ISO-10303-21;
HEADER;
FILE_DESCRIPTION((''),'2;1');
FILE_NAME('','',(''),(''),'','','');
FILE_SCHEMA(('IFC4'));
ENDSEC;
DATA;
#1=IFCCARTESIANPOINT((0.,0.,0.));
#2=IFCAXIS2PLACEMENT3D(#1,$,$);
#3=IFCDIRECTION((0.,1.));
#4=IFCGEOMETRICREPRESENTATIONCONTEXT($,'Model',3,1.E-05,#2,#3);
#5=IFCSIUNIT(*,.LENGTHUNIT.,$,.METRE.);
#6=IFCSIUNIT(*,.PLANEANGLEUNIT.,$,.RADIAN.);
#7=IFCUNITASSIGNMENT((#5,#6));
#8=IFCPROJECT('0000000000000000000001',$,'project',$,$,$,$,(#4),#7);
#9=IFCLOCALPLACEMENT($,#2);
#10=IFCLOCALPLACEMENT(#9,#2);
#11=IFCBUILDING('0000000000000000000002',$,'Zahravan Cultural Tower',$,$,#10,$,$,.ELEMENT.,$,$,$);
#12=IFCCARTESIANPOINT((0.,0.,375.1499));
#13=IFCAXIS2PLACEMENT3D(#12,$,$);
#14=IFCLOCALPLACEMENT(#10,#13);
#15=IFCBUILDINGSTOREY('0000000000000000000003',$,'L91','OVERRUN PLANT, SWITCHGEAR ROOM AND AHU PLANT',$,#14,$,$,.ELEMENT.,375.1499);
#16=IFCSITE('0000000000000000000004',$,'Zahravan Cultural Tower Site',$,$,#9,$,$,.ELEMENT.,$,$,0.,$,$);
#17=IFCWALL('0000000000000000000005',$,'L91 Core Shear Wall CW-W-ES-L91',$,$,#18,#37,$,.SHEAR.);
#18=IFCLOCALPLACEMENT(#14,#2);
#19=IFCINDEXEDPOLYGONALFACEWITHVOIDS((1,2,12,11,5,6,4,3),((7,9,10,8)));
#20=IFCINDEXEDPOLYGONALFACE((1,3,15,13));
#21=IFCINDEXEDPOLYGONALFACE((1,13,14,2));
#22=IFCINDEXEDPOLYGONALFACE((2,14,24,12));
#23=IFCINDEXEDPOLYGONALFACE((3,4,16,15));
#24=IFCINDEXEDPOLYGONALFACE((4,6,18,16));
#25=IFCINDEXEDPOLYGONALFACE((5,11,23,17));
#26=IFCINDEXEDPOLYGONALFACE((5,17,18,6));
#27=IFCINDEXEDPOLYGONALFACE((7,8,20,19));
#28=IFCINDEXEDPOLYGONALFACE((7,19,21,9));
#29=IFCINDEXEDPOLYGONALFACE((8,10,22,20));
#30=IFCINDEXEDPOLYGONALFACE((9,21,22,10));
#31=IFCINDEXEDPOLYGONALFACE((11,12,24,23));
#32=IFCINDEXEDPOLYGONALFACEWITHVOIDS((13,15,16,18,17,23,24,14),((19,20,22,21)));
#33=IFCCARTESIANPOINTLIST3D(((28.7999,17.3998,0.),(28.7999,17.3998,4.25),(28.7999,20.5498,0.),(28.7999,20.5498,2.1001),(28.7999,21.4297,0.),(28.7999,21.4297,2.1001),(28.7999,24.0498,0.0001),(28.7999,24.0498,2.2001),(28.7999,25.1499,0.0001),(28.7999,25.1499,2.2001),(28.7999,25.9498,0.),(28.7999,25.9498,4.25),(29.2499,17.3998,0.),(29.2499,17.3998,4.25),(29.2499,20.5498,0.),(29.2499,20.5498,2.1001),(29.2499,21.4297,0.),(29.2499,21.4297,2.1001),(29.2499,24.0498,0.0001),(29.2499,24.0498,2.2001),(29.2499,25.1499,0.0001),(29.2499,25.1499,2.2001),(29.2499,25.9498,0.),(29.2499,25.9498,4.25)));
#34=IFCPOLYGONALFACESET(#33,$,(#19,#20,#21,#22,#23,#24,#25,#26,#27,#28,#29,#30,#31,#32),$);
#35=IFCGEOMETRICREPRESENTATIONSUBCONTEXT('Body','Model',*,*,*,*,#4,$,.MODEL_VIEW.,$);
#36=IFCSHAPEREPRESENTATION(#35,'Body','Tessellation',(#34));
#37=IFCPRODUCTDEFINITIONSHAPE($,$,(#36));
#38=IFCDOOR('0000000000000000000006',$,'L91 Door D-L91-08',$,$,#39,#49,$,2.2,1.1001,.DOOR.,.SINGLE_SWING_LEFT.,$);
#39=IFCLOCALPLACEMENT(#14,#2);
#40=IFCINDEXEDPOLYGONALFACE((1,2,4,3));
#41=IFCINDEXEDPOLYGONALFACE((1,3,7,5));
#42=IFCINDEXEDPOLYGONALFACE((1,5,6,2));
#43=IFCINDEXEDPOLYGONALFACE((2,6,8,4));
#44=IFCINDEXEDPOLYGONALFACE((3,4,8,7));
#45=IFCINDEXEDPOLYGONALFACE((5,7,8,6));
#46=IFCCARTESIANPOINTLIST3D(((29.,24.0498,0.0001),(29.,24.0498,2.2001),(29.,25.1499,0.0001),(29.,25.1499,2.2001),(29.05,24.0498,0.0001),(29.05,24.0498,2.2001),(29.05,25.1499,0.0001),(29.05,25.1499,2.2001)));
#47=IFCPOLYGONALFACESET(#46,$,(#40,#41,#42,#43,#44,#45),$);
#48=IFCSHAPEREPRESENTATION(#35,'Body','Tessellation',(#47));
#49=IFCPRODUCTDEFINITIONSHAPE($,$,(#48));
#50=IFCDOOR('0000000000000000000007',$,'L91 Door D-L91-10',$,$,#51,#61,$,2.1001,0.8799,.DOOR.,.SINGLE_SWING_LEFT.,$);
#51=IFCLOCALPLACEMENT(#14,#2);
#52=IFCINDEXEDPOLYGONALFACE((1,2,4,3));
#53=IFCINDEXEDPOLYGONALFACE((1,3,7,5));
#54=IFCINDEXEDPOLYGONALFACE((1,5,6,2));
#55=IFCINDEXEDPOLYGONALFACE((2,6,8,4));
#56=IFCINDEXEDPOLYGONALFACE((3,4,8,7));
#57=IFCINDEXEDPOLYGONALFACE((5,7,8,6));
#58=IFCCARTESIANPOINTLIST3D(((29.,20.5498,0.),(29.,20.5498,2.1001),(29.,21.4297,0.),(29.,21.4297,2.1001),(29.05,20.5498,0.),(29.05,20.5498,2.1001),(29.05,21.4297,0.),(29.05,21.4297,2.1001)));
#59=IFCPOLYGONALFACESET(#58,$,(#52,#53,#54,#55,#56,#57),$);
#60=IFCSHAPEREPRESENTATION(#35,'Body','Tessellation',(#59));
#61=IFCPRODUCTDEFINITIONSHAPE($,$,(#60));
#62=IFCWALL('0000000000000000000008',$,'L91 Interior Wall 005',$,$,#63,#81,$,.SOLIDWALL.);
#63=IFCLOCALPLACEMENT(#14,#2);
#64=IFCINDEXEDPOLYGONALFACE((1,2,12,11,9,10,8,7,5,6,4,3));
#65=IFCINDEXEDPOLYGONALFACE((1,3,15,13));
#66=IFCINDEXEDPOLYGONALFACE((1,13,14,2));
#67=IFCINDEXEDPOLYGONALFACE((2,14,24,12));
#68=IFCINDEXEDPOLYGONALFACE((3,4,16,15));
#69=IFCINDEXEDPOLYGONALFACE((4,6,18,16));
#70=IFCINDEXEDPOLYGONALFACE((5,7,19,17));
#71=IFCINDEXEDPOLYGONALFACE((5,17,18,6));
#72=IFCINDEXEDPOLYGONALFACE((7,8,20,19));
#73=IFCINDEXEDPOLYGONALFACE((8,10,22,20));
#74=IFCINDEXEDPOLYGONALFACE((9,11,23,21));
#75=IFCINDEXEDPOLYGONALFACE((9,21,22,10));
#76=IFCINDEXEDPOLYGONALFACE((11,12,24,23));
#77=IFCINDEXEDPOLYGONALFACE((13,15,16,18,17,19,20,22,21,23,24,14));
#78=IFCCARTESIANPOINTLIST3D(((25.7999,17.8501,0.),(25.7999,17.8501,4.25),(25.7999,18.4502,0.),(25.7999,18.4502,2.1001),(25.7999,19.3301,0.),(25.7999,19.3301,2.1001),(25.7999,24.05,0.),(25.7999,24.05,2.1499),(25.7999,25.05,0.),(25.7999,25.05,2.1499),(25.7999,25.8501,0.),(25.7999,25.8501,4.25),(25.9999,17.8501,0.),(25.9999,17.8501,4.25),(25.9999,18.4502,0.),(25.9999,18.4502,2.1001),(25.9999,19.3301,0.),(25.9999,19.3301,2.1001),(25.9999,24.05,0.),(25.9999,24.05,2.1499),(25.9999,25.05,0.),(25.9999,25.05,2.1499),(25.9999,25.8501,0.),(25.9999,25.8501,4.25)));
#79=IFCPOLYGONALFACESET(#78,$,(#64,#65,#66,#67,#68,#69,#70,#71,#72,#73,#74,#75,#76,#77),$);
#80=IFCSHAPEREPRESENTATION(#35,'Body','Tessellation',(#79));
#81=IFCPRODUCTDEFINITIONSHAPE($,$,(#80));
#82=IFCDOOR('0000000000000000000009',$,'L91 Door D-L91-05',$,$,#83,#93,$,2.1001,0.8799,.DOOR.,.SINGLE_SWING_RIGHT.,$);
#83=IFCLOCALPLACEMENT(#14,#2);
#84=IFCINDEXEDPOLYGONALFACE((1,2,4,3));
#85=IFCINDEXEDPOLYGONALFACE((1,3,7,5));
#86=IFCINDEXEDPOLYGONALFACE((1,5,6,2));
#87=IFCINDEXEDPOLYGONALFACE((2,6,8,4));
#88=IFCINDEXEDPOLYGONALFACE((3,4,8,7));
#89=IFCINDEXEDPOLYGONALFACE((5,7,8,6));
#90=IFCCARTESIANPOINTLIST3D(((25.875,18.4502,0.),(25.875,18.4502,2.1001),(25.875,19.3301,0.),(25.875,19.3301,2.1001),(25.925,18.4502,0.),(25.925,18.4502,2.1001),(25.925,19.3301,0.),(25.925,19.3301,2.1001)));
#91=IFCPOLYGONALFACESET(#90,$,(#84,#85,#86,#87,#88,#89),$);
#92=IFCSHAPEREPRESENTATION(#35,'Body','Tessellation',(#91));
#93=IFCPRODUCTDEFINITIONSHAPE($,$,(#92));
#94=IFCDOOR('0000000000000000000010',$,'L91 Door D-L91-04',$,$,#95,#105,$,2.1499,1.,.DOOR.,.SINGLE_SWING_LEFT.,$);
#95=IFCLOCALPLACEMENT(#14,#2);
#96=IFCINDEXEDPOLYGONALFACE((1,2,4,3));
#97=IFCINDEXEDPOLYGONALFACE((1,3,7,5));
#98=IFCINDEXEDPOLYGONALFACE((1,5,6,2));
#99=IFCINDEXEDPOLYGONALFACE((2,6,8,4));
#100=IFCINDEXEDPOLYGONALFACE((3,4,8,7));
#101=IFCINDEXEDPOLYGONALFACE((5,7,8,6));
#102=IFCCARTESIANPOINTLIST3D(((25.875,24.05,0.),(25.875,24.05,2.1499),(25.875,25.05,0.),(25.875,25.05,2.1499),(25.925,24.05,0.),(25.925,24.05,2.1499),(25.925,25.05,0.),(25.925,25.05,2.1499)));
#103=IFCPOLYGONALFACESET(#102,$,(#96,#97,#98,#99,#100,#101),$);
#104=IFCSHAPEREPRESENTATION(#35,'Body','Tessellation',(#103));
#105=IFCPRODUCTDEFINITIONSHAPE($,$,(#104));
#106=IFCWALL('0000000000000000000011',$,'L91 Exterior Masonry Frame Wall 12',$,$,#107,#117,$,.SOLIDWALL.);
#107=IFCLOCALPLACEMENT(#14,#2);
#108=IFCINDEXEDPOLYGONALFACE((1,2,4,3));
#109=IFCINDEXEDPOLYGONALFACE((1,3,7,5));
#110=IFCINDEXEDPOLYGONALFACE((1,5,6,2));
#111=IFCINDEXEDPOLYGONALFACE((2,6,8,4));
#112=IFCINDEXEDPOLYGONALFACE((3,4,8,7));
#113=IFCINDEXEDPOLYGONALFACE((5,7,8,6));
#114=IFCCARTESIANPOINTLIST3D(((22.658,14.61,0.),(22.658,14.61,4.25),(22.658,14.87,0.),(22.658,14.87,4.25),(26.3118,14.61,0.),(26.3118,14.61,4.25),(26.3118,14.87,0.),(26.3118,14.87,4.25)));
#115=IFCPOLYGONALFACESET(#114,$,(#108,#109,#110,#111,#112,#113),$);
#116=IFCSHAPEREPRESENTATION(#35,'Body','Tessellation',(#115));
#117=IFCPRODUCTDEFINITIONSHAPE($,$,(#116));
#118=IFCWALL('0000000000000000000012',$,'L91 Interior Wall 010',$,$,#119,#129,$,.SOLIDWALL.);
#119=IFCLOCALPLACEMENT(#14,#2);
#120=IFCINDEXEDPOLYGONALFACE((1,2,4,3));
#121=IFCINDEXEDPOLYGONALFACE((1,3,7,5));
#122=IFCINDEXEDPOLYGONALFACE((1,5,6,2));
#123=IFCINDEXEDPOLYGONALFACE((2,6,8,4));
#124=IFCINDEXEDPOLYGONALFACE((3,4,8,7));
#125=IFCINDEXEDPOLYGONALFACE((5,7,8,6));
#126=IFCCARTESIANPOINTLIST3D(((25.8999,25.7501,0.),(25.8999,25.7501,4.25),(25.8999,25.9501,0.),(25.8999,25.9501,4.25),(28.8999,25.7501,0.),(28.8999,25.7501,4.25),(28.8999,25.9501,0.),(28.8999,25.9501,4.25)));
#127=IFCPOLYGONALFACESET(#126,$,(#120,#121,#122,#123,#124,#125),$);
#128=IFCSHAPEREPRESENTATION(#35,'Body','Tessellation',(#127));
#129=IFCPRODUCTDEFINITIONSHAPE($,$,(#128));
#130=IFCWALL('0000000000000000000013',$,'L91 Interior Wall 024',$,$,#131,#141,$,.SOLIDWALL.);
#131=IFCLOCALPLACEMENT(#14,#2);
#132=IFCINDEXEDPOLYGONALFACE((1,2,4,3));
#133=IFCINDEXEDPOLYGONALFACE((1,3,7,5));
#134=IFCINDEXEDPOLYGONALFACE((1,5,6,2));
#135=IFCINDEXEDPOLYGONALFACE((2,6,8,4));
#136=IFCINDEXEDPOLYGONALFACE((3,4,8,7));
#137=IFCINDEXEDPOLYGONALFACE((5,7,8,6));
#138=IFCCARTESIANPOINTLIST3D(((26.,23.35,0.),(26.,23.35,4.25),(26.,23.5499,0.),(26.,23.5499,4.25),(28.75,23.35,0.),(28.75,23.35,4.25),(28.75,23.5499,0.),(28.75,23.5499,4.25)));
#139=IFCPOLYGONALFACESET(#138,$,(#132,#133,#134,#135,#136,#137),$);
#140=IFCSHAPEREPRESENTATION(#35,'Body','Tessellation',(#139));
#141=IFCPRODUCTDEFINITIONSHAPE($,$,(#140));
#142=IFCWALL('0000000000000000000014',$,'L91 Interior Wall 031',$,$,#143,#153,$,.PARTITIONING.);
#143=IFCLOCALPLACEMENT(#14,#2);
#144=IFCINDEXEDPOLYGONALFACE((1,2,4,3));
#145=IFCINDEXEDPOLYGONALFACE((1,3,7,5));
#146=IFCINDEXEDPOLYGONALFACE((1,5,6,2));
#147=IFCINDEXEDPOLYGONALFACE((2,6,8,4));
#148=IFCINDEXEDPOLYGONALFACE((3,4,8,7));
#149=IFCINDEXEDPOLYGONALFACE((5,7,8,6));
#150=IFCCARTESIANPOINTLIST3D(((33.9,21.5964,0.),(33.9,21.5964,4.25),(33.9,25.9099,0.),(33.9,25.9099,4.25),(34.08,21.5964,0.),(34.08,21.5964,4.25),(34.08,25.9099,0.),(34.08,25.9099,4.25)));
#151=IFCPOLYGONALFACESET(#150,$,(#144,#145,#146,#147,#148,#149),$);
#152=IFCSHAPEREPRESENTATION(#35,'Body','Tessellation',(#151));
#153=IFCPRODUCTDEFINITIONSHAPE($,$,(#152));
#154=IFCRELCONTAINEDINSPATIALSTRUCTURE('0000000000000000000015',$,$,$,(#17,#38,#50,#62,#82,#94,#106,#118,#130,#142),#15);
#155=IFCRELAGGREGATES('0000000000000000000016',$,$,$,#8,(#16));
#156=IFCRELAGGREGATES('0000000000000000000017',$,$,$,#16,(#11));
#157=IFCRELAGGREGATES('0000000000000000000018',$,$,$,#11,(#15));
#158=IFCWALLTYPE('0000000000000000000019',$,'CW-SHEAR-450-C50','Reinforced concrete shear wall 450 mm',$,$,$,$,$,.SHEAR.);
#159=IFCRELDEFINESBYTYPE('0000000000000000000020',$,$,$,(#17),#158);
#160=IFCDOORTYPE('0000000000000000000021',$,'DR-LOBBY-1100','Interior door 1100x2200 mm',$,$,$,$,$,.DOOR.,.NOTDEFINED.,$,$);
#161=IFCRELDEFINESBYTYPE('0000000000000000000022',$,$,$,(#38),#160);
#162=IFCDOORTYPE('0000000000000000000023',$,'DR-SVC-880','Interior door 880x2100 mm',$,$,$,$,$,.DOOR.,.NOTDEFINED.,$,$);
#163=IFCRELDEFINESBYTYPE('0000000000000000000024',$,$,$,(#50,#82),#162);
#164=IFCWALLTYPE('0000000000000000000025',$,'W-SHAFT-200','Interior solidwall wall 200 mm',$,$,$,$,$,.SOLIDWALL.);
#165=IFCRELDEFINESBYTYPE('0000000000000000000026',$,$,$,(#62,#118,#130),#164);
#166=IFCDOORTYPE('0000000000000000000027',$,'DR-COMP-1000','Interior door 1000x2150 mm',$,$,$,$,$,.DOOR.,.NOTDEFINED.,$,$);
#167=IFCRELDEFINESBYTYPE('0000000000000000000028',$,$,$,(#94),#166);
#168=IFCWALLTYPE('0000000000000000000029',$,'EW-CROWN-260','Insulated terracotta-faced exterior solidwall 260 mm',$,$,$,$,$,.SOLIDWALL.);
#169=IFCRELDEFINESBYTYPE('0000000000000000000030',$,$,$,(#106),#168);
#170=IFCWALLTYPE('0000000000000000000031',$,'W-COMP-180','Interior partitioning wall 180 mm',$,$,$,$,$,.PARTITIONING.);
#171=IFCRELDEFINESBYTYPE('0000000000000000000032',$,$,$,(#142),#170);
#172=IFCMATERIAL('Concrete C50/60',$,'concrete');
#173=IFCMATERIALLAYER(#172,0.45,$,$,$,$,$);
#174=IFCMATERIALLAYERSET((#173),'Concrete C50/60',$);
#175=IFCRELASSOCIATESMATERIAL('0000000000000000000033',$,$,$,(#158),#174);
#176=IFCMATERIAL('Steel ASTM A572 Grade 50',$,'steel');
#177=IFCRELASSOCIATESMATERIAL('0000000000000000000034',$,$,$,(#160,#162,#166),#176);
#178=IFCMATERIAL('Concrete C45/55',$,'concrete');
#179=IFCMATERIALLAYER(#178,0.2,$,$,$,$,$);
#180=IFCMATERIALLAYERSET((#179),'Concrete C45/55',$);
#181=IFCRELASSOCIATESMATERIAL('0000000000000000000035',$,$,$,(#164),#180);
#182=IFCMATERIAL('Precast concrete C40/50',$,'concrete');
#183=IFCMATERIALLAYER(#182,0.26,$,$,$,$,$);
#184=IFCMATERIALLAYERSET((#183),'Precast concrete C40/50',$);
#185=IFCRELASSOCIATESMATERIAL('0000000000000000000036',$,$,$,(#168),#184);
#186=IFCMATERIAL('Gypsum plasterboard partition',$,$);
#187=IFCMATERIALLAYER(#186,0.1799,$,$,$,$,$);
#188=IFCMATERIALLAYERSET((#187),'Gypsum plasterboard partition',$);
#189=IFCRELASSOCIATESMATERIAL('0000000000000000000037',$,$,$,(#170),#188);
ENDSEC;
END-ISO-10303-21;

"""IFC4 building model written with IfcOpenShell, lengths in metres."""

from ifc_helpers import new_model, si_unit, direction, frame, frame_2d, origin, place, context, subcontext, project, spatial, rectangle, extrude, source, transform, mapped, material, layer, layer_set, type_object, element, fill, save


model = new_model("IFC4")

# Units and contexts
model_context = context("Model", 3, precision=1e-05, world=origin(), true_north=direction((0.0, 1.0)))
body_context = subcontext(model_context, "Body", "Model", "MODEL_VIEW")
ifc_project = project(units=[si_unit("LENGTHUNIT", "METRE"), si_unit("PLANEANGLEUNIT", "RADIAN")], contexts=[model_context])

# Site, building, storey
site_placement = place(None, origin())
site = spatial("IfcSite", under=ifc_project, at=site_placement, Name="Zahravan Cultural Tower Site", CompositionType="ELEMENT", RefElevation=0.0)
building_placement = place(site_placement, origin())
building = spatial("IfcBuilding", under=site, at=building_placement, Name="Zahravan Cultural Tower", CompositionType="ELEMENT")
storey_placement = place(building_placement, frame((0.0, 0.0, 375.1499)))
storey = spatial("IfcBuildingStorey", under=building, at=storey_placement, Name="L91", Description="OVERRUN PLANT, SWITCHGEAR ROOM AND AHU PLANT", CompositionType="ELEMENT", Elevation=375.1499)

# Shared definitions
ifc_material_1 = material(Name="Concrete C45/55", Category="concrete")

# Shared definitions
ifc_material_2 = material(Name="Concrete C50/60", Category="concrete")

# Walls, openings, doors
ifc_layer_1 = layer(ifc_material_2, 0.45)
ifc_layer_set_1 = layer_set([ifc_layer_1], Name="Concrete C50/60")
wall_type_1 = type_object("IfcWallType", Name="CW-SHEAR-450-C50", Description="Reinforced concrete shear wall 450 mm", PredefinedType="SHEAR", material=ifc_layer_set_1)
wall_1_placement = place(storey_placement, frame((29.0249, 17.3999, 0.0), z_axis=(0.0, 0.0, 1.0), x_axis=(0.0, 1.0, 0.0)))
wall_1 = element("IfcWall", 1, at=wall_1_placement, inside=storey, type_object=wall_type_1, Name="L91 Core Shear Wall CW-W-ES-L91", PredefinedType="SHEAR", context=body_context, shape_type="SweptSolid", body=[
    extrude(rectangle(XDim=8.55, YDim=0.45, at=frame_2d((4.2749, 0.0))), origin(), (0.0, 0.0, 1.0), 4.25),
])
opening_1_placement = place(wall_1_placement, frame((6.6499, 0.0, 0.0)))
opening_1 = element("IfcOpeningElement", 2, at=opening_1_placement, cuts=wall_1, PredefinedType="OPENING", context=body_context, shape_type="SweptSolid", body=[
    extrude(rectangle(XDim=1.1001, YDim=2.2, at=frame_2d((0.55, 1.1001))), frame((0.0, 0.2349, 0.0), z_axis=(0.0, -1.0, 0.0), x_axis=(1.0, 0.0, 0.0)), (0.0, 0.0, 1.0), 0.47),
])
opening_2_placement = place(wall_1_placement, frame((3.1499, 0.0, 0.0)))
opening_2 = element("IfcOpeningElement", 3, at=opening_2_placement, cuts=wall_1, PredefinedType="OPENING", context=body_context, shape_type="SweptSolid", body=[
    extrude(rectangle(XDim=0.8799, YDim=2.1001, at=frame_2d((0.4399, 1.05))), frame((0.0, 0.2349, 0.0), z_axis=(0.0, -1.0, 0.0), x_axis=(1.0, 0.0, 0.0)), (0.0, 0.0, 1.0), 0.47),
])
ifc_material_3 = material(Name="Steel ASTM A572 Grade 50", Category="steel")
door_type_1 = type_object("IfcDoorType", Name="DR-LOBBY-1100", Description="Interior door 1100x2200 mm", OperationType="NOTDEFINED", PredefinedType="DOOR", material=ifc_material_3)
shared_shape_1 = source(origin(), body_context, "Body", "SweptSolid", [
    extrude(rectangle(XDim=1.1001, YDim=2.2, at=frame_2d((0.55, 1.1001))), frame((0.0, 0.0249, 0.0), z_axis=(0.0, -1.0, 0.0), x_axis=(1.0, 0.0, 0.0)), (0.0, 0.0, 1.0), 0.05),
])
door_1_placement = place(opening_1_placement, origin())
door_1 = element("IfcDoor", 4, at=door_1_placement, inside=storey, type_object=door_type_1, Name="L91 Door D-L91-08", OperationType="SINGLE_SWING_LEFT", OverallHeight=2.2, OverallWidth=1.1001, PredefinedType="DOOR", context=body_context, shape_type="MappedRepresentation", body=[
    mapped(shared_shape_1, transform((0.0, 0.0, 0.0), x_axis=(1.0, 0.0, 0.0), y_axis=(0.0, 1.0, 0.0), z_axis=(0.0, 0.0, 1.0), scale=1.0)),
])
fill(opening_1, door_1)
door_type_2 = type_object("IfcDoorType", Name="DR-SVC-880", Description="Interior door 880x2100 mm", OperationType="NOTDEFINED", PredefinedType="DOOR", material=ifc_material_3)
shared_shape_2 = source(origin(), body_context, "Body", "SweptSolid", [
    extrude(rectangle(XDim=0.8799, YDim=2.1001, at=frame_2d((0.4399, 1.05))), frame((0.0, 0.0249, 0.0), z_axis=(0.0, -1.0, 0.0), x_axis=(1.0, 0.0, 0.0)), (0.0, 0.0, 1.0), 0.05),
])
door_2_placement = place(opening_2_placement, origin())
door_2 = element("IfcDoor", 5, at=door_2_placement, inside=storey, type_object=door_type_2, Name="L91 Door D-L91-10", OperationType="SINGLE_SWING_LEFT", OverallHeight=2.1001, OverallWidth=0.8799, PredefinedType="DOOR", context=body_context, shape_type="MappedRepresentation", body=[
    mapped(shared_shape_2, transform((0.0, 0.0, 0.0), x_axis=(1.0, 0.0, 0.0), y_axis=(0.0, 1.0, 0.0), z_axis=(0.0, 0.0, 1.0), scale=1.0)),
])
fill(opening_2, door_2)
ifc_layer_2 = layer(ifc_material_1, 0.2)
ifc_layer_set_2 = layer_set([ifc_layer_2], Name="Concrete C45/55")
wall_type_2 = type_object("IfcWallType", Name="W-SHAFT-200", Description="Interior solidwall wall 200 mm", PredefinedType="SOLIDWALL", material=ifc_layer_set_2)
wall_2_placement = place(storey_placement, frame((25.8999, 17.8501, 0.0), z_axis=(0.0, 0.0, 1.0), x_axis=(0.0, 1.0, 0.0)))
wall_2 = element("IfcWall", 6, at=wall_2_placement, inside=storey, type_object=wall_type_2, Name="L91 Interior Wall 005", PredefinedType="SOLIDWALL", context=body_context, shape_type="SweptSolid", body=[
    extrude(rectangle(XDim=8.0, YDim=0.2, at=frame_2d((4.0, 0.0))), origin(), (0.0, 0.0, 1.0), 4.25),
])
opening_3_placement = place(wall_2_placement, frame((6.2, 0.0, 0.0)))
opening_3 = element("IfcOpeningElement", 7, at=opening_3_placement, cuts=wall_2, PredefinedType="OPENING", context=body_context, shape_type="SweptSolid", body=[
    extrude(rectangle(XDim=1.0, YDim=2.1499, at=frame_2d((0.5, 1.075))), frame((0.0, 0.1099, 0.0), z_axis=(0.0, -1.0, 0.0), x_axis=(1.0, 0.0, 0.0)), (0.0, 0.0, 1.0), 0.22),
])
opening_4_placement = place(wall_2_placement, frame((0.6001, 0.0, 0.0)))
opening_4 = element("IfcOpeningElement", 8, at=opening_4_placement, cuts=wall_2, PredefinedType="OPENING", context=body_context, shape_type="SweptSolid", body=[
    extrude(rectangle(XDim=0.8799, YDim=2.1001, at=frame_2d((0.4399, 1.05))), frame((0.0, 0.1099, 0.0), z_axis=(0.0, -1.0, 0.0), x_axis=(1.0, 0.0, 0.0)), (0.0, 0.0, 1.0), 0.22),
])
door_3_placement = place(opening_4_placement, origin())
door_3 = element("IfcDoor", 9, at=door_3_placement, inside=storey, type_object=door_type_2, Name="L91 Door D-L91-05", OperationType="SINGLE_SWING_RIGHT", OverallHeight=2.1001, OverallWidth=0.8799, PredefinedType="DOOR", context=body_context, shape_type="MappedRepresentation", body=[
    mapped(shared_shape_2, transform((0.0, 0.0, 0.0), x_axis=(1.0, 0.0, 0.0), y_axis=(0.0, 1.0, 0.0), z_axis=(0.0, 0.0, 1.0), scale=1.0)),
])
fill(opening_4, door_3)
door_type_3 = type_object("IfcDoorType", Name="DR-COMP-1000", Description="Interior door 1000x2150 mm", OperationType="NOTDEFINED", PredefinedType="DOOR", material=ifc_material_3)
shared_shape_3 = source(origin(), body_context, "Body", "SweptSolid", [
    extrude(rectangle(XDim=1.0, YDim=2.1499, at=frame_2d((0.5, 1.075))), frame((0.0, 0.0249, 0.0), z_axis=(0.0, -1.0, 0.0), x_axis=(1.0, 0.0, 0.0)), (0.0, 0.0, 1.0), 0.05),
])
door_4_placement = place(opening_3_placement, origin())
door_4 = element("IfcDoor", 10, at=door_4_placement, inside=storey, type_object=door_type_3, Name="L91 Door D-L91-04", OperationType="SINGLE_SWING_LEFT", OverallHeight=2.1499, OverallWidth=1.0, PredefinedType="DOOR", context=body_context, shape_type="MappedRepresentation", body=[
    mapped(shared_shape_3, transform((0.0, 0.0, 0.0), x_axis=(1.0, 0.0, 0.0), y_axis=(0.0, 1.0, 0.0), z_axis=(0.0, 0.0, 1.0), scale=1.0)),
])
fill(opening_3, door_4)

# Walls
ifc_material_4 = material(Name="Precast concrete C40/50", Category="concrete")
ifc_layer_3 = layer(ifc_material_4, 0.26)
ifc_layer_set_3 = layer_set([ifc_layer_3], Name="Precast concrete C40/50")
wall_type_3 = type_object("IfcWallType", Name="EW-CROWN-260", Description="Insulated terracotta-faced exterior solidwall 260 mm", PredefinedType="SOLIDWALL", material=ifc_layer_set_3)
shared_shape_4 = source(origin(), body_context, "Body", "SweptSolid", [
    extrude(rectangle(XDim=3.6538, YDim=0.26, at=frame_2d((1.8269, 0.0))), origin(), (0.0, 0.0, 1.0), 4.25),
])
wall_3_placement = place(storey_placement, frame((26.3118, 14.74, 0.0), z_axis=(0.0, 0.0, 1.0), x_axis=(-1.0, 0.0, 0.0)))
element("IfcWall", 11, at=wall_3_placement, inside=storey, type_object=wall_type_3, Name="L91 Exterior Masonry Frame Wall 12", PredefinedType="SOLIDWALL", context=body_context, shape_type="MappedRepresentation", body=[
    mapped(shared_shape_4, transform((0.0, 0.0, 0.0), x_axis=(1.0, 0.0, 0.0), y_axis=(0.0, 1.0, 0.0), z_axis=(0.0, 0.0, 1.0), scale=1.0)),
])
shared_shape_5 = source(origin(), body_context, "Body", "SweptSolid", [
    extrude(rectangle(XDim=3.0, YDim=0.2, at=frame_2d((1.5, 0.0))), origin(), (0.0, 0.0, 1.0), 4.25),
])
wall_4_placement = place(storey_placement, frame((25.8999, 25.8501, 0.0), z_axis=(0.0, 0.0, 1.0), x_axis=(1.0, 0.0, 0.0)))
element("IfcWall", 12, at=wall_4_placement, inside=storey, type_object=wall_type_2, Name="L91 Interior Wall 010", PredefinedType="SOLIDWALL", context=body_context, shape_type="MappedRepresentation", body=[
    mapped(shared_shape_5, transform((0.0, 0.0, 0.0), x_axis=(1.0, 0.0, 0.0), y_axis=(0.0, 1.0, 0.0), z_axis=(0.0, 0.0, 1.0), scale=1.0)),
])
shared_shape_6 = source(origin(), body_context, "Body", "SweptSolid", [
    extrude(rectangle(XDim=2.75, YDim=0.2, at=frame_2d((1.375, 0.0))), origin(), (0.0, 0.0, 1.0), 4.25),
])
wall_5_placement = place(storey_placement, frame((26.0, 23.45, 0.0), z_axis=(0.0, 0.0, 1.0), x_axis=(1.0, 0.0, 0.0)))
element("IfcWall", 13, at=wall_5_placement, inside=storey, type_object=wall_type_2, Name="L91 Interior Wall 024", PredefinedType="SOLIDWALL", context=body_context, shape_type="MappedRepresentation", body=[
    mapped(shared_shape_6, transform((0.0, 0.0, 0.0), x_axis=(1.0, 0.0, 0.0), y_axis=(0.0, 1.0, 0.0), z_axis=(0.0, 0.0, 1.0), scale=1.0)),
])
ifc_material_5 = material(Name="Gypsum plasterboard partition")
ifc_layer_4 = layer(ifc_material_5, 0.1799)
ifc_layer_set_4 = layer_set([ifc_layer_4], Name="Gypsum plasterboard partition")
wall_type_4 = type_object("IfcWallType", Name="W-COMP-180", Description="Interior partitioning wall 180 mm", PredefinedType="PARTITIONING", material=ifc_layer_set_4)
shared_shape_7 = source(origin(), body_context, "Body", "SweptSolid", [
    extrude(rectangle(XDim=4.3135, YDim=0.1799, at=frame_2d((2.1567, 0.0))), origin(), (0.0, 0.0, 1.0), 4.25),
])
wall_6_placement = place(storey_placement, frame((33.99, 21.5964, 0.0), z_axis=(0.0, 0.0, 1.0), x_axis=(0.0, 1.0, 0.0)))
element("IfcWall", 14, at=wall_6_placement, inside=storey, type_object=wall_type_4, Name="L91 Interior Wall 031", PredefinedType="PARTITIONING", context=body_context, shape_type="MappedRepresentation", body=[
    mapped(shared_shape_7, transform((0.0, 0.0, 0.0), x_axis=(1.0, 0.0, 0.0), y_axis=(0.0, 1.0, 0.0), z_axis=(0.0, 0.0, 1.0), scale=1.0)),
])

save(model, "model.ifc")
